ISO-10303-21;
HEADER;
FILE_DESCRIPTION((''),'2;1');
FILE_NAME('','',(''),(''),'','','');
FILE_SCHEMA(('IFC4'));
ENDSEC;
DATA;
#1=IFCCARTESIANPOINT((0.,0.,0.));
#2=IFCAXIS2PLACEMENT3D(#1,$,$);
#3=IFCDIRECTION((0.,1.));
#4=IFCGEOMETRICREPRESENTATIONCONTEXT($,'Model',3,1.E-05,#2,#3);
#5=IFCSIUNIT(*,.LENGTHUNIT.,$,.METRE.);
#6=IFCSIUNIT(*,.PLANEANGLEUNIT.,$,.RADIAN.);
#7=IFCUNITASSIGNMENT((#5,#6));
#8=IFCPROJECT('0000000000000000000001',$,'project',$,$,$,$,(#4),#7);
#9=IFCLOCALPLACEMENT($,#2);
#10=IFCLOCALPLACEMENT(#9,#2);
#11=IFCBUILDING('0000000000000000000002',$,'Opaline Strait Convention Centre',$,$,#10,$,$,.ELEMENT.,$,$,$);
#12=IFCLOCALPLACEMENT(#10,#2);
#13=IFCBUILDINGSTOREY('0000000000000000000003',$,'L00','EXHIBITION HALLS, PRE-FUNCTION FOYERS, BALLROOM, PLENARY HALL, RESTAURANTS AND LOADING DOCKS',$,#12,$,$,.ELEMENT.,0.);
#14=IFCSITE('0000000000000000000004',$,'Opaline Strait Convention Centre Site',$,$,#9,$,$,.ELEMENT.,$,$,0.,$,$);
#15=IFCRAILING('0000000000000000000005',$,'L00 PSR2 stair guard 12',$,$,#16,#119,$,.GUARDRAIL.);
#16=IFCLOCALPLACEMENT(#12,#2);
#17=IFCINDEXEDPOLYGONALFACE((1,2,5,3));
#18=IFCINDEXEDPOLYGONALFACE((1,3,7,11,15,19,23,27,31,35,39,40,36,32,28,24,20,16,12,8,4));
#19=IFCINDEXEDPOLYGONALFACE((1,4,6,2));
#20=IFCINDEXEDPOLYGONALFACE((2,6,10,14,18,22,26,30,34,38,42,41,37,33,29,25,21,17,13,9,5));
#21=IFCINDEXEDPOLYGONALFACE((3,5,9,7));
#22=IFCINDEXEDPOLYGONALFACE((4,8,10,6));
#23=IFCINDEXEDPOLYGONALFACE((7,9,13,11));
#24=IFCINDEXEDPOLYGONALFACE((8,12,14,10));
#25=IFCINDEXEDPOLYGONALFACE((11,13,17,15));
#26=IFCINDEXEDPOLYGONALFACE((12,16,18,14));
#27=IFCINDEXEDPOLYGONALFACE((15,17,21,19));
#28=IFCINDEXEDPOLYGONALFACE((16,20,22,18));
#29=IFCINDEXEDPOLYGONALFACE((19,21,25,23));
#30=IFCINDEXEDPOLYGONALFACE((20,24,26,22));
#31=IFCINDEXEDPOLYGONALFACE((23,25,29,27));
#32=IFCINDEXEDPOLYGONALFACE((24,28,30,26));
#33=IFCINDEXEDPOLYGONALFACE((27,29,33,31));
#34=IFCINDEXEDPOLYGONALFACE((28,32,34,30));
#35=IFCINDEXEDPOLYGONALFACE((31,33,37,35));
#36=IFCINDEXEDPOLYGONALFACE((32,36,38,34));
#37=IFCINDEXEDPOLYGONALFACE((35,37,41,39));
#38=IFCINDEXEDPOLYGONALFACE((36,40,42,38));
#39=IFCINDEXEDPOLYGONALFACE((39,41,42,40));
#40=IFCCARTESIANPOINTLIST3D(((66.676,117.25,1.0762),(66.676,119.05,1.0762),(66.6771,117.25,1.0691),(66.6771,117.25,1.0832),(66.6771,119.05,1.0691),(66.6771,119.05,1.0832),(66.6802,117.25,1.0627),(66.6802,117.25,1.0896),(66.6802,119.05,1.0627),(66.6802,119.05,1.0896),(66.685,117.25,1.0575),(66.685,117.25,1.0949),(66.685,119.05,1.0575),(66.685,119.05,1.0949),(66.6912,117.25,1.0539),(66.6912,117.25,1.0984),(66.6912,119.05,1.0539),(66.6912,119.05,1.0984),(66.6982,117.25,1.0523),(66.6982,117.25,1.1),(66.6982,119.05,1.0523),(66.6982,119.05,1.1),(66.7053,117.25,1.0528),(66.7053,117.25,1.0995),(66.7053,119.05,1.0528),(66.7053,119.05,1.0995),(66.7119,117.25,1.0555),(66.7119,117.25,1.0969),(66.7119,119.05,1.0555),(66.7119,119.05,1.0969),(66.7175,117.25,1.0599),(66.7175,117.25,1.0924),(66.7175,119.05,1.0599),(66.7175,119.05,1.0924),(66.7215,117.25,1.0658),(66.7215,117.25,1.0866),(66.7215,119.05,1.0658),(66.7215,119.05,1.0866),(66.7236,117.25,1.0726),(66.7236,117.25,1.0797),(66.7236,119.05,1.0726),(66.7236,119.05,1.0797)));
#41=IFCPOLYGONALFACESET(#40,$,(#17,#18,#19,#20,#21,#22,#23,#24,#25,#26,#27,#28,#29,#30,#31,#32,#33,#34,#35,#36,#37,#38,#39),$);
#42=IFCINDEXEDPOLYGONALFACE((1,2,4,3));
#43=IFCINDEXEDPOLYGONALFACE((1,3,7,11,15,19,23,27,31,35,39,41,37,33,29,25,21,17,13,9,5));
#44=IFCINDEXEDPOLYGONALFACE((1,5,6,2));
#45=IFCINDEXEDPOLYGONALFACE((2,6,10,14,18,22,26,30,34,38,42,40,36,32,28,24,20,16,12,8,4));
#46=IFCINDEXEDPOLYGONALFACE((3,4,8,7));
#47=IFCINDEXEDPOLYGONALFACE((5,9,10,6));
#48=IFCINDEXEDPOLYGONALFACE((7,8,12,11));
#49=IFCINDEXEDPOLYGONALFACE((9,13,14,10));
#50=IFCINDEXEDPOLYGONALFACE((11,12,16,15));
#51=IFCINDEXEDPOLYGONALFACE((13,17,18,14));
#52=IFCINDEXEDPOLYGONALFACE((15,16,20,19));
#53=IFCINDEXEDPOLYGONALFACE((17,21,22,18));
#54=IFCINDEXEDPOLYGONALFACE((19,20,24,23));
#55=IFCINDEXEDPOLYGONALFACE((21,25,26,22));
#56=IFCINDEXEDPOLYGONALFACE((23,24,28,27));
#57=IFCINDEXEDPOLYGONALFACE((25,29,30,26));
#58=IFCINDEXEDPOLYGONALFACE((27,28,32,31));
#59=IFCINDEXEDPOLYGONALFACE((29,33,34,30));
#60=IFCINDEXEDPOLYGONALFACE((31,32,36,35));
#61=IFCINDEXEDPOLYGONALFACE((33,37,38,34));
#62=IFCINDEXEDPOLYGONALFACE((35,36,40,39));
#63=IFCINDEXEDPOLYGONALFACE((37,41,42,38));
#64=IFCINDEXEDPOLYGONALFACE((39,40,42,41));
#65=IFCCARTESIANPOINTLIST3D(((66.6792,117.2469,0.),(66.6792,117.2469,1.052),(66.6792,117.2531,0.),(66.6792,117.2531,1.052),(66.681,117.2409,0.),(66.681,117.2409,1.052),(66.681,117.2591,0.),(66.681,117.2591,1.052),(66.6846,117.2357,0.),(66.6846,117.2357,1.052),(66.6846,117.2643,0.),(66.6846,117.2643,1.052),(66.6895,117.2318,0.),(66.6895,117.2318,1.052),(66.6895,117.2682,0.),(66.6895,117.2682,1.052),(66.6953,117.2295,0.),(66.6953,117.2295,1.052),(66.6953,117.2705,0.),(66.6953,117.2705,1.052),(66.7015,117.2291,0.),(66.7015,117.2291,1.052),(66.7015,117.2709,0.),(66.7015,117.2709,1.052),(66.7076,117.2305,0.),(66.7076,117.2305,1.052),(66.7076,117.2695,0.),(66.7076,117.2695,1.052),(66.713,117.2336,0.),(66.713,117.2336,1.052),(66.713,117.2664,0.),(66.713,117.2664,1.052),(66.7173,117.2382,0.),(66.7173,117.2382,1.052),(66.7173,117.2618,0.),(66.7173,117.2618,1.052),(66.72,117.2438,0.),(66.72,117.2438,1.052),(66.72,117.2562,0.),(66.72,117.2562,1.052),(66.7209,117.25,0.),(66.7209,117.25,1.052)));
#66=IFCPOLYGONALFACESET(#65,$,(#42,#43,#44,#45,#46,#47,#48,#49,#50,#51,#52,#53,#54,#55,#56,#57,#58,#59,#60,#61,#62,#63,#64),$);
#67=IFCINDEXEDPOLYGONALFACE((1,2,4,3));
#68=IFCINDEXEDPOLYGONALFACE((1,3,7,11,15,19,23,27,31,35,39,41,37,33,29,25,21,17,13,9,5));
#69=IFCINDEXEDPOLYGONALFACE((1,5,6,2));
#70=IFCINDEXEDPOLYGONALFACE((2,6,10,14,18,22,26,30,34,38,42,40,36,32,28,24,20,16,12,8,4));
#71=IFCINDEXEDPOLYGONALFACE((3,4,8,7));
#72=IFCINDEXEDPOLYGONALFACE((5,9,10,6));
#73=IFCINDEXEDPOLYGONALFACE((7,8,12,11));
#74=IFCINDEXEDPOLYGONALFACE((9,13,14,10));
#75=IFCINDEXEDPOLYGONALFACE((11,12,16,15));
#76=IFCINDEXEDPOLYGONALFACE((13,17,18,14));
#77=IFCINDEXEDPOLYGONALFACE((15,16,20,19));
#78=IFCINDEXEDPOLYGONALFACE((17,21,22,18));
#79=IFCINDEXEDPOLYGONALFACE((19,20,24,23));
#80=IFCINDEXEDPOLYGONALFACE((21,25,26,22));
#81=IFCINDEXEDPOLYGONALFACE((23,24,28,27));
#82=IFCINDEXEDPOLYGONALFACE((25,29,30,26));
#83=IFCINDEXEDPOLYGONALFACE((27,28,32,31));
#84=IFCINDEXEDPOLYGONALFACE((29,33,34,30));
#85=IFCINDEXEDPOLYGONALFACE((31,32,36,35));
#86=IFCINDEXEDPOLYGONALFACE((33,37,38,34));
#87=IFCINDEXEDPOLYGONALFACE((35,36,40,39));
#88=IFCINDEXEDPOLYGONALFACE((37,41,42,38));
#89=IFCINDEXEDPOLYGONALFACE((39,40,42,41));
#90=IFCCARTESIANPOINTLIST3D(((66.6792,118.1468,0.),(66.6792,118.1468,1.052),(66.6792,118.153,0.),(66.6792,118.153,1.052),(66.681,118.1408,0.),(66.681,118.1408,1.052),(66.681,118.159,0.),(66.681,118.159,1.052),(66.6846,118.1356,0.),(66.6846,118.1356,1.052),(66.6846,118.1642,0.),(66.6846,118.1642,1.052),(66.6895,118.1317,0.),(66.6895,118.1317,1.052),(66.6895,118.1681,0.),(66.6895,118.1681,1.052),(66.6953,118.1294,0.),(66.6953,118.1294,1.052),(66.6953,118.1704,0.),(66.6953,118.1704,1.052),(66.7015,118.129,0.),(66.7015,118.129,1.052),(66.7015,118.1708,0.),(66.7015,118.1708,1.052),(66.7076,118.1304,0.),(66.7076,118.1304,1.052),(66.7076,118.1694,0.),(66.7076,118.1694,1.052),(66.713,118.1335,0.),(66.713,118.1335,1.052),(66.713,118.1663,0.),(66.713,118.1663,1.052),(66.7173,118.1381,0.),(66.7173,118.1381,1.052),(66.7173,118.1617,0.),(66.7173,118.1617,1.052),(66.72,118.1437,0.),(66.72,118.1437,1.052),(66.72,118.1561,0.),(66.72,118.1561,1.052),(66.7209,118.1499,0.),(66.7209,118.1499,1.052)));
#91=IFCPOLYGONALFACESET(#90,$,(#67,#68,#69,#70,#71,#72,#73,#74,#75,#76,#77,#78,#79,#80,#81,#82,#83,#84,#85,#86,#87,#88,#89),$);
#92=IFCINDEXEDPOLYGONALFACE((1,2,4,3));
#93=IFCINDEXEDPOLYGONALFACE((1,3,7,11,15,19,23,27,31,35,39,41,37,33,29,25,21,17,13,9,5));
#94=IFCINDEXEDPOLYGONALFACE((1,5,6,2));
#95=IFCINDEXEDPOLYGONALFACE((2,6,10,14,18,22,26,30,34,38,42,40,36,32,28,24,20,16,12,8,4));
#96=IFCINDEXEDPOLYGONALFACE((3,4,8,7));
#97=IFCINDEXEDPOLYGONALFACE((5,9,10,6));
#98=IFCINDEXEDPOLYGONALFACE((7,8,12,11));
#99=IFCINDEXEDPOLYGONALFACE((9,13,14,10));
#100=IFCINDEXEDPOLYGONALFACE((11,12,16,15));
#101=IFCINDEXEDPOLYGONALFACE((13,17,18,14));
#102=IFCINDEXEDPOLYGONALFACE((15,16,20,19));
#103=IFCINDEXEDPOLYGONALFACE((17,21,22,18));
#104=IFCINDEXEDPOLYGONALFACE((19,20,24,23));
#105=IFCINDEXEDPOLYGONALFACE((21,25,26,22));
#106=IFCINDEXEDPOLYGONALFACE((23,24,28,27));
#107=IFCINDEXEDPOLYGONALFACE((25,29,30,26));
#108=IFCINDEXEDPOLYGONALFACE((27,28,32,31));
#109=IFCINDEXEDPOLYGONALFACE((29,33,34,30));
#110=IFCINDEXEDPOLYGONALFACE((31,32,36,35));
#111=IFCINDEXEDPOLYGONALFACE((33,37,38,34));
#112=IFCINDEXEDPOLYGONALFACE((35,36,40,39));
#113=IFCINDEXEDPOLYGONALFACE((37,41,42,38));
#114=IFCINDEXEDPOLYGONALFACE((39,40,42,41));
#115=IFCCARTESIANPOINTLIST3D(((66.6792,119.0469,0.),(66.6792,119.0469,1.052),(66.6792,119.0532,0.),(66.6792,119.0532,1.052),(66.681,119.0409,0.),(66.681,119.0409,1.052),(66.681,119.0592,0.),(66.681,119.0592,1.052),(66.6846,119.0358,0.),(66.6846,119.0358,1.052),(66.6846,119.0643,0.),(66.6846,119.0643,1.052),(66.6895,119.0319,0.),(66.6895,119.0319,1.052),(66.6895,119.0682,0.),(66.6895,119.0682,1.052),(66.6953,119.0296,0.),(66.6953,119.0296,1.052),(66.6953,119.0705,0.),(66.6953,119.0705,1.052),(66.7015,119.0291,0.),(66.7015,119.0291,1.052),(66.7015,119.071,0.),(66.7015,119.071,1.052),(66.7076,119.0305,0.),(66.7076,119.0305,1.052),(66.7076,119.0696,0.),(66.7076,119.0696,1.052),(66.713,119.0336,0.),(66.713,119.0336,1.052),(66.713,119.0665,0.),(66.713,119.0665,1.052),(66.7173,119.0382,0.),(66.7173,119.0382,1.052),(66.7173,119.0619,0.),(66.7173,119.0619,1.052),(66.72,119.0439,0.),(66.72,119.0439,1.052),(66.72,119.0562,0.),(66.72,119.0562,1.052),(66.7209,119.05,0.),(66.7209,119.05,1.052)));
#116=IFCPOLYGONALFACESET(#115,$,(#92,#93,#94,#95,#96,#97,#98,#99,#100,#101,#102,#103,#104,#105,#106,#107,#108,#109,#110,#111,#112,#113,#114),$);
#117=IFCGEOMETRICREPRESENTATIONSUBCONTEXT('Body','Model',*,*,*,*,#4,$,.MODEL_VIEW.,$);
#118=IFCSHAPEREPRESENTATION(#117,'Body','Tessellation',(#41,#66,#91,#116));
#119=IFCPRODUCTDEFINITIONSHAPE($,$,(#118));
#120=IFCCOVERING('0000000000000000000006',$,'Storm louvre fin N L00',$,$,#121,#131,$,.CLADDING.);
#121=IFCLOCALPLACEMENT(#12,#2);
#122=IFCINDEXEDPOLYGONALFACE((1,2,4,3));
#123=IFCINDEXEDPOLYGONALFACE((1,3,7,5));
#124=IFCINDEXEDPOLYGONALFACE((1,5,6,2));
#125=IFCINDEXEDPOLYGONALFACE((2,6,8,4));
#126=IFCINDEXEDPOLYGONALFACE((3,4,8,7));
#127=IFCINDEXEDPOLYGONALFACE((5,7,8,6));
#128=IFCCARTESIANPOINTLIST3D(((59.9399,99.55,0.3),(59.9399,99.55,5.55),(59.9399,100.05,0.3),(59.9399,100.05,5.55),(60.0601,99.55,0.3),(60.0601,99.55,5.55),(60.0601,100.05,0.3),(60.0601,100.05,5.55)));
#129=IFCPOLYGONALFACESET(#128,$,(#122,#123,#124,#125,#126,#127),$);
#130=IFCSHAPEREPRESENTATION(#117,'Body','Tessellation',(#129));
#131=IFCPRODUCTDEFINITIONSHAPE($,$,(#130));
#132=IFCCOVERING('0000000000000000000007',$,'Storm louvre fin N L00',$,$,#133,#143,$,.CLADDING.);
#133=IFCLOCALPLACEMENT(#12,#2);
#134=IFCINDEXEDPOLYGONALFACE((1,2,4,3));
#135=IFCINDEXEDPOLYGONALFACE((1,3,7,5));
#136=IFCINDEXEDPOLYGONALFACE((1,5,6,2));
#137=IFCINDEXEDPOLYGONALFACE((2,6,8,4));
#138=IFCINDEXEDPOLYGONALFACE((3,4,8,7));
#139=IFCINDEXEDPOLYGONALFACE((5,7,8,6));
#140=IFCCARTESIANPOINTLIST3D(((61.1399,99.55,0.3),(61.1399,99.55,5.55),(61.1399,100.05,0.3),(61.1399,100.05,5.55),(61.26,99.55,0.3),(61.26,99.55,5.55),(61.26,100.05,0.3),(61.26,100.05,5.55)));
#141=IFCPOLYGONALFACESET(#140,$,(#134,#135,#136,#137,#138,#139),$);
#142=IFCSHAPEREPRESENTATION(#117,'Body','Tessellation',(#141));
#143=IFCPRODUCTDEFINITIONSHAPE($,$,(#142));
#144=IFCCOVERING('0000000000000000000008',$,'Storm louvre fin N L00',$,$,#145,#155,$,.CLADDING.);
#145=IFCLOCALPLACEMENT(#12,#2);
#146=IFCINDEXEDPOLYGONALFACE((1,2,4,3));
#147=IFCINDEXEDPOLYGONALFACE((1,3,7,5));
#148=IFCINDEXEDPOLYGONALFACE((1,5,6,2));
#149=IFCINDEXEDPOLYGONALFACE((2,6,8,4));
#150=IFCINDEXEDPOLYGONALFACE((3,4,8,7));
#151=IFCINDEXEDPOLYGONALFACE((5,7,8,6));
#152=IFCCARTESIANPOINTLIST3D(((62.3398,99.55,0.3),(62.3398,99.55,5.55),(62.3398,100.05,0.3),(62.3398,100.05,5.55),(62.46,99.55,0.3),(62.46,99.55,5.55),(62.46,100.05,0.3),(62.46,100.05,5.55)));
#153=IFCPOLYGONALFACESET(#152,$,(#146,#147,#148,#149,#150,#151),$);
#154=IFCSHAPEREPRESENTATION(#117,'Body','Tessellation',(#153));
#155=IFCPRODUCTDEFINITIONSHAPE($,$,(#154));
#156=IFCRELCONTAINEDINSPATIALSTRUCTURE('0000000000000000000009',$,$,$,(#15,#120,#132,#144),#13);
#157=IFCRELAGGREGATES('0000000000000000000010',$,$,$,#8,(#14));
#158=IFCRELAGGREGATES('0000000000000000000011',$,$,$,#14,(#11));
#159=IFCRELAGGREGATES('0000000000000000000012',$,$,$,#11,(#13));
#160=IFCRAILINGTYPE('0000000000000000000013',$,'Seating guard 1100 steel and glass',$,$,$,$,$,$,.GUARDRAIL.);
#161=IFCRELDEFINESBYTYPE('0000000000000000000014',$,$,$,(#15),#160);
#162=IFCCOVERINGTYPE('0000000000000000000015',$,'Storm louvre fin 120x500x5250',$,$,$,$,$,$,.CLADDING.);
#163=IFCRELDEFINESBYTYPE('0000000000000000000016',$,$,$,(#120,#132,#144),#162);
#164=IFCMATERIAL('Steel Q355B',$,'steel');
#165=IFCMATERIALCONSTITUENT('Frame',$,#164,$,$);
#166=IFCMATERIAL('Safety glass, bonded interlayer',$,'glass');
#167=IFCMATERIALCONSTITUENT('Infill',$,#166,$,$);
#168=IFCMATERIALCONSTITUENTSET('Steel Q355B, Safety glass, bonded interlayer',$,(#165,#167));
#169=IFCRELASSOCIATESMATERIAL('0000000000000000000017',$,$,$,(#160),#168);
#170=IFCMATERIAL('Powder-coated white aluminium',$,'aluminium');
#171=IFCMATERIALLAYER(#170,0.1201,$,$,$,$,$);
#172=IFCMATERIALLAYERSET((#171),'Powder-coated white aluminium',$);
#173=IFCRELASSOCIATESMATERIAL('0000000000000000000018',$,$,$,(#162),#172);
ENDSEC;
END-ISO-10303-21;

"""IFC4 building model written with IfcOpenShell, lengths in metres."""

from ifc_helpers import new_model, si_unit, direction, frame, origin, origin_2d, place, context, subcontext, project, spatial, rectangle, circle, extrude, material, layer, layer_set, constituent, constituent_set, type_object, element, save


model = new_model("IFC4")

# Units and contexts
model_context = context("Model", 3, precision=1e-05, world=origin(), true_north=direction((0.0, 1.0)))
body_context = subcontext(model_context, "Body", "Model", "MODEL_VIEW")
ifc_project = project(units=[si_unit("LENGTHUNIT", "METRE"), si_unit("PLANEANGLEUNIT", "RADIAN")], contexts=[model_context])

# Site, building, storey
site_placement = place(None, origin())
site = spatial("IfcSite", under=ifc_project, at=site_placement, Name="Opaline Strait Convention Centre Site", CompositionType="ELEMENT", RefElevation=0.0)
building_placement = place(site_placement, origin())
building = spatial("IfcBuilding", under=site, at=building_placement, Name="Opaline Strait Convention Centre", CompositionType="ELEMENT")
storey_placement = place(building_placement, origin())
storey = spatial("IfcBuildingStorey", under=building, at=storey_placement, Name="L00", Description="EXHIBITION HALLS, PRE-FUNCTION FOYERS, BALLROOM, PLENARY HALL, RESTAURANTS AND LOADING DOCKS", CompositionType="ELEMENT", Elevation=0.0)

# Railing
ifc_material_1 = material(Name="Steel Q355B", Category="steel")
ifc_constituent_1 = constituent(ifc_material_1, Name="Frame")
ifc_material_2 = material(Name="Safety glass, bonded interlayer", Category="glass")
ifc_constituent_2 = constituent(ifc_material_2, Name="Infill")
ifc_constituent_set = constituent_set(constituents=[ifc_constituent_1, ifc_constituent_2], Name="Steel Q355B, Safety glass, bonded interlayer")
railing_type = type_object("IfcRailingType", Name="Seating guard 1100 steel and glass", PredefinedType="GUARDRAIL", material=ifc_constituent_set)
for number, where, name in (
    (1, (66.7, 117.25, 0.0), "L00 PSR2 stair guard 12"),
):
    element("IfcRailing", number, at=place(storey_placement, frame(where)), inside=storey, type_object=railing_type, Name=name, PredefinedType="GUARDRAIL", context=body_context, shape_type="SweptSolid", body=[
        extrude(circle(Radius=0.0239, at=origin_2d()), frame((0.0, 0.0, 1.0762), z_axis=(0.0, 1.0, 0.0), x_axis=(-1.0, 0.0, 0.0)), (0.0, 0.0, 1.0), 1.8),
        extrude(circle(Radius=0.021, at=origin_2d()), origin(), (0.0, 0.0, 1.0), 1.052),
        extrude(circle(Radius=0.021, at=origin_2d()), frame((0.0, 0.8999, 0.0)), (0.0, 0.0, 1.0), 1.052),
        extrude(circle(Radius=0.021, at=origin_2d()), frame((0.0, 1.8, 0.0)), (0.0, 0.0, 1.0), 1.052),
    ])

# Coverings
ifc_material_3 = material(Name="Powder-coated white aluminium", Category="aluminium")
ifc_layer_1 = layer(ifc_material_3, 0.1201)
ifc_layer_set_1 = layer_set([ifc_layer_1], Name="Powder-coated white aluminium")
covering_type = type_object("IfcCoveringType", Name="Storm louvre fin 120x500x5250", PredefinedType="CLADDING", material=ifc_layer_set_1)
for number, where, z_axis, x_axis, name in (
    (2, (60.0, 99.8, 0.3), (0.0, 0.0, 1.0), (1.0, 0.0, 0.0), "Storm louvre fin N L00"),
    (3, (61.2, 99.8, 0.3), (0.0, 0.0, 1.0), (1.0, 0.0, 0.0), "Storm louvre fin N L00"),
    (4, (62.3999, 99.8, 0.3), (0.0, 0.0, 1.0), (1.0, 0.0, 0.0), "Storm louvre fin N L00"),
):
    element("IfcCovering", number, at=place(storey_placement, frame(where, z_axis=z_axis, x_axis=x_axis)), inside=storey, type_object=covering_type, Name=name, PredefinedType="CLADDING", context=body_context, shape_type="SweptSolid", body=[
        extrude(rectangle(XDim=0.1201, YDim=0.5, at=origin_2d()), origin(), (0.0, 0.0, 1.0), 5.25),
    ])

save(model, "model.ifc")
